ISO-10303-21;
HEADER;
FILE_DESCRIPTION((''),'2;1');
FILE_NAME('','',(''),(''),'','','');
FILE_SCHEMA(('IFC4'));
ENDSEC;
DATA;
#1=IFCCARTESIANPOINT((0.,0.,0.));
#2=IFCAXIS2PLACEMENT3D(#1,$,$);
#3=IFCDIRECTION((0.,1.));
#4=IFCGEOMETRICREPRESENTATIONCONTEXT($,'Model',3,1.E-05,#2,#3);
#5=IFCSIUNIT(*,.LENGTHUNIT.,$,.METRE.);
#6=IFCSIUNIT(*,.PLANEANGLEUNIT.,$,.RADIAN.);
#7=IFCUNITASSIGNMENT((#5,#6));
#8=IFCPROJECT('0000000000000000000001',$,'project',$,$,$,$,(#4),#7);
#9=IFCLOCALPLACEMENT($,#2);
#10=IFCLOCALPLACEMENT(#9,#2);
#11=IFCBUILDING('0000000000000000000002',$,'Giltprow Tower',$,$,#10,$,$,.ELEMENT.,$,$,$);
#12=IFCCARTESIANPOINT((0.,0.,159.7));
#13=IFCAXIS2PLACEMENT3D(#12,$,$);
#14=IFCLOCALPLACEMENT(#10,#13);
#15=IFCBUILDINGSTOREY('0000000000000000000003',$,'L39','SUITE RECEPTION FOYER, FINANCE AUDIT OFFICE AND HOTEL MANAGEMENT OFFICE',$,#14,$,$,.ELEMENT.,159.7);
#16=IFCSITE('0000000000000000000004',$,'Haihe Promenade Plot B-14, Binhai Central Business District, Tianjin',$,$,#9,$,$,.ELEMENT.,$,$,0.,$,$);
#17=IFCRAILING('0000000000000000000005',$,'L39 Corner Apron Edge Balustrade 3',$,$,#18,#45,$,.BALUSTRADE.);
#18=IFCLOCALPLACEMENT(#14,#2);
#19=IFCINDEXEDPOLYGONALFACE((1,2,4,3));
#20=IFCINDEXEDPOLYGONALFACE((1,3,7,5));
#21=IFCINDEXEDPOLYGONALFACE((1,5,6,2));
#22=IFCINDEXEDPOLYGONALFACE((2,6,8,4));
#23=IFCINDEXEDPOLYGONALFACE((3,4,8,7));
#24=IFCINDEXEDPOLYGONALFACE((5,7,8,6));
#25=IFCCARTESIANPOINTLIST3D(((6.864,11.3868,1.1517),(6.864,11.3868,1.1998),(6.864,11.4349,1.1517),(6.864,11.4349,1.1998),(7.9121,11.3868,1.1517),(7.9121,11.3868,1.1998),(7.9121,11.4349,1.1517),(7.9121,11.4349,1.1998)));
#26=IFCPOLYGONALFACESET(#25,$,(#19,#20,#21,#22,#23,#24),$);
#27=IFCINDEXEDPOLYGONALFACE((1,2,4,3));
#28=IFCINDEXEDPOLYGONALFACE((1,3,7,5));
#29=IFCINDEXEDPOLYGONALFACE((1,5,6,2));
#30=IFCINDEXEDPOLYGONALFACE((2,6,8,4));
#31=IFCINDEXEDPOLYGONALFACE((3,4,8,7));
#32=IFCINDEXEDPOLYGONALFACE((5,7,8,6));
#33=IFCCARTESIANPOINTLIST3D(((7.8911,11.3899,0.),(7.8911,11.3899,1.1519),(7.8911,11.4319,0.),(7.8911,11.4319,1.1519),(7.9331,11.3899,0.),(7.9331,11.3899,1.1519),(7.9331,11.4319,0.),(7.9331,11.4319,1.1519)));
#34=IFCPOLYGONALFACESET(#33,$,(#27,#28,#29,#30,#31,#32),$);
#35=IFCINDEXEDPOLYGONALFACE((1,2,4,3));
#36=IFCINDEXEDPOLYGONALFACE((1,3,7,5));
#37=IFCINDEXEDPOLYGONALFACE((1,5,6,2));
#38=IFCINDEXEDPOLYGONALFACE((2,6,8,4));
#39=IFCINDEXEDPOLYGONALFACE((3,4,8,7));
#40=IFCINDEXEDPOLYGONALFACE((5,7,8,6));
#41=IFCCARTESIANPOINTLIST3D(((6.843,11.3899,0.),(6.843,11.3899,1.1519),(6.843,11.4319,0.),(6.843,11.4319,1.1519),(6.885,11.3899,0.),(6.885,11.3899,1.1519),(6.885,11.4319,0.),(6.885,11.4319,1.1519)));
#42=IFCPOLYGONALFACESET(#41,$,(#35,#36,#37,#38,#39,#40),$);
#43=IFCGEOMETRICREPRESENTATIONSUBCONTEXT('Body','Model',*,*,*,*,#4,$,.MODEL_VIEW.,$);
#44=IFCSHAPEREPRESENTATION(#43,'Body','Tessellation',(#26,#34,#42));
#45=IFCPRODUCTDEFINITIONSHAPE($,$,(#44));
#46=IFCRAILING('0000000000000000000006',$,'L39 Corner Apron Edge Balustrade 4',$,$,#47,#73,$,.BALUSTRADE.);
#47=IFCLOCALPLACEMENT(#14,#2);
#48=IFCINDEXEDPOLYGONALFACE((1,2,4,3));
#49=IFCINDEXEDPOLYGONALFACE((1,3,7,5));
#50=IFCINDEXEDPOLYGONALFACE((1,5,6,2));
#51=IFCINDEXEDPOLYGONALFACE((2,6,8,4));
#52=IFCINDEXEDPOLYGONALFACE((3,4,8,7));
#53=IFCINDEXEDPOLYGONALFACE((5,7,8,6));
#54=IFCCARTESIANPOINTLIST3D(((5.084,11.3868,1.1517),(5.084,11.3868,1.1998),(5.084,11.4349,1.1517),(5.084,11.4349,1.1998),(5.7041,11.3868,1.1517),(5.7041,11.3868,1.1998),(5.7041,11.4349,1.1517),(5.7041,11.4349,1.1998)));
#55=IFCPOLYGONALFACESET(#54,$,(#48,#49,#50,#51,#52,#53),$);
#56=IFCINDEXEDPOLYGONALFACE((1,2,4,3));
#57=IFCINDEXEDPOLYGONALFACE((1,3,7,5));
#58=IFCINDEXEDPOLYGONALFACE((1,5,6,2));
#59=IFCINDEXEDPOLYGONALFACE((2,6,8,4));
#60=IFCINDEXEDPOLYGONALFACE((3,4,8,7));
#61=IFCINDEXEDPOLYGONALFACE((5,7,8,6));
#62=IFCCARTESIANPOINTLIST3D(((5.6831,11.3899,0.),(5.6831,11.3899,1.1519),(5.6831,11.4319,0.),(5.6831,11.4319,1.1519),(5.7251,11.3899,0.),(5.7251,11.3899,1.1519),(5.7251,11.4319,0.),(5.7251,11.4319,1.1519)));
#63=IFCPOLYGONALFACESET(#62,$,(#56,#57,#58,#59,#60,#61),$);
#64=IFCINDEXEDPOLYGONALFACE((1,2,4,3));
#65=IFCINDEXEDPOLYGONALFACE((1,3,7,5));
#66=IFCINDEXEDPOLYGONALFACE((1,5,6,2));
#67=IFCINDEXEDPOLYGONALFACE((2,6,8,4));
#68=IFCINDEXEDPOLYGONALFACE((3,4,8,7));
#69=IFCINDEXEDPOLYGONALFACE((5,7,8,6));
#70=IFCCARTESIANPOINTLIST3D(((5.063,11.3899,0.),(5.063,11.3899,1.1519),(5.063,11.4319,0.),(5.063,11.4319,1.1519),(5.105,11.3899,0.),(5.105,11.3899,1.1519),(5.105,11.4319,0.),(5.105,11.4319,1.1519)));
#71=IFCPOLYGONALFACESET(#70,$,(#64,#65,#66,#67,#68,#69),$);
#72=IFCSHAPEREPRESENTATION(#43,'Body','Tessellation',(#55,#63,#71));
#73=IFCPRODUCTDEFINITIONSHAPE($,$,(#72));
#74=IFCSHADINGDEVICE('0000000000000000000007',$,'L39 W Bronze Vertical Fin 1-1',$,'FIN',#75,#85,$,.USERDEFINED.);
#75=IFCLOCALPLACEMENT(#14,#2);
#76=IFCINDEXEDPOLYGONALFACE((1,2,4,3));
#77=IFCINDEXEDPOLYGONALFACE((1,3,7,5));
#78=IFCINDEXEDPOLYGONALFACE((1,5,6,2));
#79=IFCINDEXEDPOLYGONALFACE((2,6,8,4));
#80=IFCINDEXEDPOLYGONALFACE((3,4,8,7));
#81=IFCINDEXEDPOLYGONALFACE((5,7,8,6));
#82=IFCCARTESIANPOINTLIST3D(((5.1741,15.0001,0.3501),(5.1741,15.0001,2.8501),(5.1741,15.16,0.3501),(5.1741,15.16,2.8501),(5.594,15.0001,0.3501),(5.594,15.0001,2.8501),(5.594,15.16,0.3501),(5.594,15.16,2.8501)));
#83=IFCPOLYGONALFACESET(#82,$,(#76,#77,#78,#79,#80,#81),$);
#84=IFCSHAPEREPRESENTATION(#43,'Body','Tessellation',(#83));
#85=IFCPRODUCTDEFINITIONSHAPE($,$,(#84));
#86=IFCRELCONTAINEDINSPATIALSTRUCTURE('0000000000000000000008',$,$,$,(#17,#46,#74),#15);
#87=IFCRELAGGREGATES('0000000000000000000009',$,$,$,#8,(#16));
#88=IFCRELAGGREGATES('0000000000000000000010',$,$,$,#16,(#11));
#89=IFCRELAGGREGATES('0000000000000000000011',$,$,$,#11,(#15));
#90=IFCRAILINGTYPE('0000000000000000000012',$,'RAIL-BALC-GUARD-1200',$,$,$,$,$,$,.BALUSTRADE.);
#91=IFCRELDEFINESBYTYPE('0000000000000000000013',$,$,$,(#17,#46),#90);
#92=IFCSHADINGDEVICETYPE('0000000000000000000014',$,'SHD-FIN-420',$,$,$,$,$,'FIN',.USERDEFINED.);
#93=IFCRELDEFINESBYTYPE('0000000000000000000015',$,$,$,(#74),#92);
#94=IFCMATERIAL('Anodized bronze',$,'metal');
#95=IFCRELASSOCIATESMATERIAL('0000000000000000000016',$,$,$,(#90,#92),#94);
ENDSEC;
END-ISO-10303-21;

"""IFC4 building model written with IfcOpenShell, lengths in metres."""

from ifc_helpers import new_model, si_unit, direction, frame, origin, origin_2d, place, context, subcontext, project, spatial, rectangle, extrude, source, transform, mapped, material, type_object, element, save


model = new_model("IFC4")

# Units and contexts
model_context = context("Model", 3, precision=1e-05, world=origin(), true_north=direction((0.0, 1.0)))
body_context = subcontext(model_context, "Body", "Model", "MODEL_VIEW")
ifc_project = project(units=[si_unit("LENGTHUNIT", "METRE"), si_unit("PLANEANGLEUNIT", "RADIAN")], contexts=[model_context])

# Site, building, storey
site_placement = place(None, origin())
site = spatial("IfcSite", under=ifc_project, at=site_placement, Name="Haihe Promenade Plot B-14, Binhai Central Business District, Tianjin", CompositionType="ELEMENT", RefElevation=0.0)
building_placement = place(site_placement, origin())
building = spatial("IfcBuilding", under=site, at=building_placement, Name="Giltprow Tower", CompositionType="ELEMENT")
storey_placement = place(building_placement, frame((0.0, 0.0, 159.7)))
storey = spatial("IfcBuildingStorey", under=building, at=storey_placement, Name="L39", Description="SUITE RECEPTION FOYER, FINANCE AUDIT OFFICE AND HOTEL MANAGEMENT OFFICE", CompositionType="ELEMENT", Elevation=159.7)

# Shared definitions
ifc_material_1 = material(Name="Anodized bronze", Category="metal")

# Railings
railing_type = type_object("IfcRailingType", Name="RAIL-BALC-GUARD-1200", PredefinedType="BALUSTRADE", material=ifc_material_1)
railing_1_placement = place(storey_placement, frame((7.9121, 11.4109, 0.0)))
element("IfcRailing", 1, at=railing_1_placement, inside=storey, type_object=railing_type, Name="L39 Corner Apron Edge Balustrade 3", PredefinedType="BALUSTRADE", context=body_context, shape_type="SweptSolid", body=[
    extrude(rectangle(XDim=0.0481, YDim=0.0481, at=origin_2d()), frame((0.0, 0.0, 1.1758), z_axis=(-1.0, 0.0, 0.0), x_axis=(0.0, -1.0, 0.0)), (0.0, 0.0, 1.0), 1.0481),
    extrude(rectangle(XDim=0.042, YDim=0.042, at=origin_2d()), origin(), (0.0, 0.0, 1.0), 1.1519),
    extrude(rectangle(XDim=0.042, YDim=0.042, at=origin_2d()), frame((-1.0481, 0.0, 0.0)), (0.0, 0.0, 1.0), 1.1519),
])
railing_2_placement = place(storey_placement, frame((5.7041, 11.4109, 0.0)))
element("IfcRailing", 2, at=railing_2_placement, inside=storey, type_object=railing_type, Name="L39 Corner Apron Edge Balustrade 4", PredefinedType="BALUSTRADE", context=body_context, shape_type="SweptSolid", body=[
    extrude(rectangle(XDim=0.0481, YDim=0.0481, at=origin_2d()), frame((0.0, 0.0, 1.1758), z_axis=(-1.0, 0.0, 0.0), x_axis=(0.0, -1.0, 0.0)), (0.0, 0.0, 1.0), 0.6201),
    extrude(rectangle(XDim=0.042, YDim=0.042, at=origin_2d()), origin(), (0.0, 0.0, 1.0), 1.1519),
    extrude(rectangle(XDim=0.042, YDim=0.042, at=origin_2d()), frame((-0.6201, 0.0, 0.0)), (0.0, 0.0, 1.0), 1.1519),
])

# Shading device
shading_device_type = type_object("IfcShadingDeviceType", Name="SHD-FIN-420", ElementType="FIN", PredefinedType="USERDEFINED", material=ifc_material_1)
shared_shape_1 = source(origin(), body_context, "Body", "SweptSolid", [
    extrude(rectangle(XDim=0.4199, YDim=0.1599, at=origin_2d()), origin(), (0.0, 0.0, 1.0), 2.5),
])
shading_device_placement = place(storey_placement, frame((5.384, 15.0801, 0.3501), z_axis=(0.0, 0.0, 1.0), x_axis=(1.0, 0.0, 0.0)))
element("IfcShadingDevice", 3, at=shading_device_placement, inside=storey, type_object=shading_device_type, Name="L39 W Bronze Vertical Fin 1-1", ObjectType="FIN", PredefinedType="USERDEFINED", context=body_context, shape_type="MappedRepresentation", body=[
    mapped(shared_shape_1, transform((0.0, 0.0, 0.0), x_axis=(1.0, 0.0, 0.0), y_axis=(0.0, 1.0, 0.0), z_axis=(0.0, 0.0, 1.0), scale=1.0)),
])

save(model, "model.ifc")
